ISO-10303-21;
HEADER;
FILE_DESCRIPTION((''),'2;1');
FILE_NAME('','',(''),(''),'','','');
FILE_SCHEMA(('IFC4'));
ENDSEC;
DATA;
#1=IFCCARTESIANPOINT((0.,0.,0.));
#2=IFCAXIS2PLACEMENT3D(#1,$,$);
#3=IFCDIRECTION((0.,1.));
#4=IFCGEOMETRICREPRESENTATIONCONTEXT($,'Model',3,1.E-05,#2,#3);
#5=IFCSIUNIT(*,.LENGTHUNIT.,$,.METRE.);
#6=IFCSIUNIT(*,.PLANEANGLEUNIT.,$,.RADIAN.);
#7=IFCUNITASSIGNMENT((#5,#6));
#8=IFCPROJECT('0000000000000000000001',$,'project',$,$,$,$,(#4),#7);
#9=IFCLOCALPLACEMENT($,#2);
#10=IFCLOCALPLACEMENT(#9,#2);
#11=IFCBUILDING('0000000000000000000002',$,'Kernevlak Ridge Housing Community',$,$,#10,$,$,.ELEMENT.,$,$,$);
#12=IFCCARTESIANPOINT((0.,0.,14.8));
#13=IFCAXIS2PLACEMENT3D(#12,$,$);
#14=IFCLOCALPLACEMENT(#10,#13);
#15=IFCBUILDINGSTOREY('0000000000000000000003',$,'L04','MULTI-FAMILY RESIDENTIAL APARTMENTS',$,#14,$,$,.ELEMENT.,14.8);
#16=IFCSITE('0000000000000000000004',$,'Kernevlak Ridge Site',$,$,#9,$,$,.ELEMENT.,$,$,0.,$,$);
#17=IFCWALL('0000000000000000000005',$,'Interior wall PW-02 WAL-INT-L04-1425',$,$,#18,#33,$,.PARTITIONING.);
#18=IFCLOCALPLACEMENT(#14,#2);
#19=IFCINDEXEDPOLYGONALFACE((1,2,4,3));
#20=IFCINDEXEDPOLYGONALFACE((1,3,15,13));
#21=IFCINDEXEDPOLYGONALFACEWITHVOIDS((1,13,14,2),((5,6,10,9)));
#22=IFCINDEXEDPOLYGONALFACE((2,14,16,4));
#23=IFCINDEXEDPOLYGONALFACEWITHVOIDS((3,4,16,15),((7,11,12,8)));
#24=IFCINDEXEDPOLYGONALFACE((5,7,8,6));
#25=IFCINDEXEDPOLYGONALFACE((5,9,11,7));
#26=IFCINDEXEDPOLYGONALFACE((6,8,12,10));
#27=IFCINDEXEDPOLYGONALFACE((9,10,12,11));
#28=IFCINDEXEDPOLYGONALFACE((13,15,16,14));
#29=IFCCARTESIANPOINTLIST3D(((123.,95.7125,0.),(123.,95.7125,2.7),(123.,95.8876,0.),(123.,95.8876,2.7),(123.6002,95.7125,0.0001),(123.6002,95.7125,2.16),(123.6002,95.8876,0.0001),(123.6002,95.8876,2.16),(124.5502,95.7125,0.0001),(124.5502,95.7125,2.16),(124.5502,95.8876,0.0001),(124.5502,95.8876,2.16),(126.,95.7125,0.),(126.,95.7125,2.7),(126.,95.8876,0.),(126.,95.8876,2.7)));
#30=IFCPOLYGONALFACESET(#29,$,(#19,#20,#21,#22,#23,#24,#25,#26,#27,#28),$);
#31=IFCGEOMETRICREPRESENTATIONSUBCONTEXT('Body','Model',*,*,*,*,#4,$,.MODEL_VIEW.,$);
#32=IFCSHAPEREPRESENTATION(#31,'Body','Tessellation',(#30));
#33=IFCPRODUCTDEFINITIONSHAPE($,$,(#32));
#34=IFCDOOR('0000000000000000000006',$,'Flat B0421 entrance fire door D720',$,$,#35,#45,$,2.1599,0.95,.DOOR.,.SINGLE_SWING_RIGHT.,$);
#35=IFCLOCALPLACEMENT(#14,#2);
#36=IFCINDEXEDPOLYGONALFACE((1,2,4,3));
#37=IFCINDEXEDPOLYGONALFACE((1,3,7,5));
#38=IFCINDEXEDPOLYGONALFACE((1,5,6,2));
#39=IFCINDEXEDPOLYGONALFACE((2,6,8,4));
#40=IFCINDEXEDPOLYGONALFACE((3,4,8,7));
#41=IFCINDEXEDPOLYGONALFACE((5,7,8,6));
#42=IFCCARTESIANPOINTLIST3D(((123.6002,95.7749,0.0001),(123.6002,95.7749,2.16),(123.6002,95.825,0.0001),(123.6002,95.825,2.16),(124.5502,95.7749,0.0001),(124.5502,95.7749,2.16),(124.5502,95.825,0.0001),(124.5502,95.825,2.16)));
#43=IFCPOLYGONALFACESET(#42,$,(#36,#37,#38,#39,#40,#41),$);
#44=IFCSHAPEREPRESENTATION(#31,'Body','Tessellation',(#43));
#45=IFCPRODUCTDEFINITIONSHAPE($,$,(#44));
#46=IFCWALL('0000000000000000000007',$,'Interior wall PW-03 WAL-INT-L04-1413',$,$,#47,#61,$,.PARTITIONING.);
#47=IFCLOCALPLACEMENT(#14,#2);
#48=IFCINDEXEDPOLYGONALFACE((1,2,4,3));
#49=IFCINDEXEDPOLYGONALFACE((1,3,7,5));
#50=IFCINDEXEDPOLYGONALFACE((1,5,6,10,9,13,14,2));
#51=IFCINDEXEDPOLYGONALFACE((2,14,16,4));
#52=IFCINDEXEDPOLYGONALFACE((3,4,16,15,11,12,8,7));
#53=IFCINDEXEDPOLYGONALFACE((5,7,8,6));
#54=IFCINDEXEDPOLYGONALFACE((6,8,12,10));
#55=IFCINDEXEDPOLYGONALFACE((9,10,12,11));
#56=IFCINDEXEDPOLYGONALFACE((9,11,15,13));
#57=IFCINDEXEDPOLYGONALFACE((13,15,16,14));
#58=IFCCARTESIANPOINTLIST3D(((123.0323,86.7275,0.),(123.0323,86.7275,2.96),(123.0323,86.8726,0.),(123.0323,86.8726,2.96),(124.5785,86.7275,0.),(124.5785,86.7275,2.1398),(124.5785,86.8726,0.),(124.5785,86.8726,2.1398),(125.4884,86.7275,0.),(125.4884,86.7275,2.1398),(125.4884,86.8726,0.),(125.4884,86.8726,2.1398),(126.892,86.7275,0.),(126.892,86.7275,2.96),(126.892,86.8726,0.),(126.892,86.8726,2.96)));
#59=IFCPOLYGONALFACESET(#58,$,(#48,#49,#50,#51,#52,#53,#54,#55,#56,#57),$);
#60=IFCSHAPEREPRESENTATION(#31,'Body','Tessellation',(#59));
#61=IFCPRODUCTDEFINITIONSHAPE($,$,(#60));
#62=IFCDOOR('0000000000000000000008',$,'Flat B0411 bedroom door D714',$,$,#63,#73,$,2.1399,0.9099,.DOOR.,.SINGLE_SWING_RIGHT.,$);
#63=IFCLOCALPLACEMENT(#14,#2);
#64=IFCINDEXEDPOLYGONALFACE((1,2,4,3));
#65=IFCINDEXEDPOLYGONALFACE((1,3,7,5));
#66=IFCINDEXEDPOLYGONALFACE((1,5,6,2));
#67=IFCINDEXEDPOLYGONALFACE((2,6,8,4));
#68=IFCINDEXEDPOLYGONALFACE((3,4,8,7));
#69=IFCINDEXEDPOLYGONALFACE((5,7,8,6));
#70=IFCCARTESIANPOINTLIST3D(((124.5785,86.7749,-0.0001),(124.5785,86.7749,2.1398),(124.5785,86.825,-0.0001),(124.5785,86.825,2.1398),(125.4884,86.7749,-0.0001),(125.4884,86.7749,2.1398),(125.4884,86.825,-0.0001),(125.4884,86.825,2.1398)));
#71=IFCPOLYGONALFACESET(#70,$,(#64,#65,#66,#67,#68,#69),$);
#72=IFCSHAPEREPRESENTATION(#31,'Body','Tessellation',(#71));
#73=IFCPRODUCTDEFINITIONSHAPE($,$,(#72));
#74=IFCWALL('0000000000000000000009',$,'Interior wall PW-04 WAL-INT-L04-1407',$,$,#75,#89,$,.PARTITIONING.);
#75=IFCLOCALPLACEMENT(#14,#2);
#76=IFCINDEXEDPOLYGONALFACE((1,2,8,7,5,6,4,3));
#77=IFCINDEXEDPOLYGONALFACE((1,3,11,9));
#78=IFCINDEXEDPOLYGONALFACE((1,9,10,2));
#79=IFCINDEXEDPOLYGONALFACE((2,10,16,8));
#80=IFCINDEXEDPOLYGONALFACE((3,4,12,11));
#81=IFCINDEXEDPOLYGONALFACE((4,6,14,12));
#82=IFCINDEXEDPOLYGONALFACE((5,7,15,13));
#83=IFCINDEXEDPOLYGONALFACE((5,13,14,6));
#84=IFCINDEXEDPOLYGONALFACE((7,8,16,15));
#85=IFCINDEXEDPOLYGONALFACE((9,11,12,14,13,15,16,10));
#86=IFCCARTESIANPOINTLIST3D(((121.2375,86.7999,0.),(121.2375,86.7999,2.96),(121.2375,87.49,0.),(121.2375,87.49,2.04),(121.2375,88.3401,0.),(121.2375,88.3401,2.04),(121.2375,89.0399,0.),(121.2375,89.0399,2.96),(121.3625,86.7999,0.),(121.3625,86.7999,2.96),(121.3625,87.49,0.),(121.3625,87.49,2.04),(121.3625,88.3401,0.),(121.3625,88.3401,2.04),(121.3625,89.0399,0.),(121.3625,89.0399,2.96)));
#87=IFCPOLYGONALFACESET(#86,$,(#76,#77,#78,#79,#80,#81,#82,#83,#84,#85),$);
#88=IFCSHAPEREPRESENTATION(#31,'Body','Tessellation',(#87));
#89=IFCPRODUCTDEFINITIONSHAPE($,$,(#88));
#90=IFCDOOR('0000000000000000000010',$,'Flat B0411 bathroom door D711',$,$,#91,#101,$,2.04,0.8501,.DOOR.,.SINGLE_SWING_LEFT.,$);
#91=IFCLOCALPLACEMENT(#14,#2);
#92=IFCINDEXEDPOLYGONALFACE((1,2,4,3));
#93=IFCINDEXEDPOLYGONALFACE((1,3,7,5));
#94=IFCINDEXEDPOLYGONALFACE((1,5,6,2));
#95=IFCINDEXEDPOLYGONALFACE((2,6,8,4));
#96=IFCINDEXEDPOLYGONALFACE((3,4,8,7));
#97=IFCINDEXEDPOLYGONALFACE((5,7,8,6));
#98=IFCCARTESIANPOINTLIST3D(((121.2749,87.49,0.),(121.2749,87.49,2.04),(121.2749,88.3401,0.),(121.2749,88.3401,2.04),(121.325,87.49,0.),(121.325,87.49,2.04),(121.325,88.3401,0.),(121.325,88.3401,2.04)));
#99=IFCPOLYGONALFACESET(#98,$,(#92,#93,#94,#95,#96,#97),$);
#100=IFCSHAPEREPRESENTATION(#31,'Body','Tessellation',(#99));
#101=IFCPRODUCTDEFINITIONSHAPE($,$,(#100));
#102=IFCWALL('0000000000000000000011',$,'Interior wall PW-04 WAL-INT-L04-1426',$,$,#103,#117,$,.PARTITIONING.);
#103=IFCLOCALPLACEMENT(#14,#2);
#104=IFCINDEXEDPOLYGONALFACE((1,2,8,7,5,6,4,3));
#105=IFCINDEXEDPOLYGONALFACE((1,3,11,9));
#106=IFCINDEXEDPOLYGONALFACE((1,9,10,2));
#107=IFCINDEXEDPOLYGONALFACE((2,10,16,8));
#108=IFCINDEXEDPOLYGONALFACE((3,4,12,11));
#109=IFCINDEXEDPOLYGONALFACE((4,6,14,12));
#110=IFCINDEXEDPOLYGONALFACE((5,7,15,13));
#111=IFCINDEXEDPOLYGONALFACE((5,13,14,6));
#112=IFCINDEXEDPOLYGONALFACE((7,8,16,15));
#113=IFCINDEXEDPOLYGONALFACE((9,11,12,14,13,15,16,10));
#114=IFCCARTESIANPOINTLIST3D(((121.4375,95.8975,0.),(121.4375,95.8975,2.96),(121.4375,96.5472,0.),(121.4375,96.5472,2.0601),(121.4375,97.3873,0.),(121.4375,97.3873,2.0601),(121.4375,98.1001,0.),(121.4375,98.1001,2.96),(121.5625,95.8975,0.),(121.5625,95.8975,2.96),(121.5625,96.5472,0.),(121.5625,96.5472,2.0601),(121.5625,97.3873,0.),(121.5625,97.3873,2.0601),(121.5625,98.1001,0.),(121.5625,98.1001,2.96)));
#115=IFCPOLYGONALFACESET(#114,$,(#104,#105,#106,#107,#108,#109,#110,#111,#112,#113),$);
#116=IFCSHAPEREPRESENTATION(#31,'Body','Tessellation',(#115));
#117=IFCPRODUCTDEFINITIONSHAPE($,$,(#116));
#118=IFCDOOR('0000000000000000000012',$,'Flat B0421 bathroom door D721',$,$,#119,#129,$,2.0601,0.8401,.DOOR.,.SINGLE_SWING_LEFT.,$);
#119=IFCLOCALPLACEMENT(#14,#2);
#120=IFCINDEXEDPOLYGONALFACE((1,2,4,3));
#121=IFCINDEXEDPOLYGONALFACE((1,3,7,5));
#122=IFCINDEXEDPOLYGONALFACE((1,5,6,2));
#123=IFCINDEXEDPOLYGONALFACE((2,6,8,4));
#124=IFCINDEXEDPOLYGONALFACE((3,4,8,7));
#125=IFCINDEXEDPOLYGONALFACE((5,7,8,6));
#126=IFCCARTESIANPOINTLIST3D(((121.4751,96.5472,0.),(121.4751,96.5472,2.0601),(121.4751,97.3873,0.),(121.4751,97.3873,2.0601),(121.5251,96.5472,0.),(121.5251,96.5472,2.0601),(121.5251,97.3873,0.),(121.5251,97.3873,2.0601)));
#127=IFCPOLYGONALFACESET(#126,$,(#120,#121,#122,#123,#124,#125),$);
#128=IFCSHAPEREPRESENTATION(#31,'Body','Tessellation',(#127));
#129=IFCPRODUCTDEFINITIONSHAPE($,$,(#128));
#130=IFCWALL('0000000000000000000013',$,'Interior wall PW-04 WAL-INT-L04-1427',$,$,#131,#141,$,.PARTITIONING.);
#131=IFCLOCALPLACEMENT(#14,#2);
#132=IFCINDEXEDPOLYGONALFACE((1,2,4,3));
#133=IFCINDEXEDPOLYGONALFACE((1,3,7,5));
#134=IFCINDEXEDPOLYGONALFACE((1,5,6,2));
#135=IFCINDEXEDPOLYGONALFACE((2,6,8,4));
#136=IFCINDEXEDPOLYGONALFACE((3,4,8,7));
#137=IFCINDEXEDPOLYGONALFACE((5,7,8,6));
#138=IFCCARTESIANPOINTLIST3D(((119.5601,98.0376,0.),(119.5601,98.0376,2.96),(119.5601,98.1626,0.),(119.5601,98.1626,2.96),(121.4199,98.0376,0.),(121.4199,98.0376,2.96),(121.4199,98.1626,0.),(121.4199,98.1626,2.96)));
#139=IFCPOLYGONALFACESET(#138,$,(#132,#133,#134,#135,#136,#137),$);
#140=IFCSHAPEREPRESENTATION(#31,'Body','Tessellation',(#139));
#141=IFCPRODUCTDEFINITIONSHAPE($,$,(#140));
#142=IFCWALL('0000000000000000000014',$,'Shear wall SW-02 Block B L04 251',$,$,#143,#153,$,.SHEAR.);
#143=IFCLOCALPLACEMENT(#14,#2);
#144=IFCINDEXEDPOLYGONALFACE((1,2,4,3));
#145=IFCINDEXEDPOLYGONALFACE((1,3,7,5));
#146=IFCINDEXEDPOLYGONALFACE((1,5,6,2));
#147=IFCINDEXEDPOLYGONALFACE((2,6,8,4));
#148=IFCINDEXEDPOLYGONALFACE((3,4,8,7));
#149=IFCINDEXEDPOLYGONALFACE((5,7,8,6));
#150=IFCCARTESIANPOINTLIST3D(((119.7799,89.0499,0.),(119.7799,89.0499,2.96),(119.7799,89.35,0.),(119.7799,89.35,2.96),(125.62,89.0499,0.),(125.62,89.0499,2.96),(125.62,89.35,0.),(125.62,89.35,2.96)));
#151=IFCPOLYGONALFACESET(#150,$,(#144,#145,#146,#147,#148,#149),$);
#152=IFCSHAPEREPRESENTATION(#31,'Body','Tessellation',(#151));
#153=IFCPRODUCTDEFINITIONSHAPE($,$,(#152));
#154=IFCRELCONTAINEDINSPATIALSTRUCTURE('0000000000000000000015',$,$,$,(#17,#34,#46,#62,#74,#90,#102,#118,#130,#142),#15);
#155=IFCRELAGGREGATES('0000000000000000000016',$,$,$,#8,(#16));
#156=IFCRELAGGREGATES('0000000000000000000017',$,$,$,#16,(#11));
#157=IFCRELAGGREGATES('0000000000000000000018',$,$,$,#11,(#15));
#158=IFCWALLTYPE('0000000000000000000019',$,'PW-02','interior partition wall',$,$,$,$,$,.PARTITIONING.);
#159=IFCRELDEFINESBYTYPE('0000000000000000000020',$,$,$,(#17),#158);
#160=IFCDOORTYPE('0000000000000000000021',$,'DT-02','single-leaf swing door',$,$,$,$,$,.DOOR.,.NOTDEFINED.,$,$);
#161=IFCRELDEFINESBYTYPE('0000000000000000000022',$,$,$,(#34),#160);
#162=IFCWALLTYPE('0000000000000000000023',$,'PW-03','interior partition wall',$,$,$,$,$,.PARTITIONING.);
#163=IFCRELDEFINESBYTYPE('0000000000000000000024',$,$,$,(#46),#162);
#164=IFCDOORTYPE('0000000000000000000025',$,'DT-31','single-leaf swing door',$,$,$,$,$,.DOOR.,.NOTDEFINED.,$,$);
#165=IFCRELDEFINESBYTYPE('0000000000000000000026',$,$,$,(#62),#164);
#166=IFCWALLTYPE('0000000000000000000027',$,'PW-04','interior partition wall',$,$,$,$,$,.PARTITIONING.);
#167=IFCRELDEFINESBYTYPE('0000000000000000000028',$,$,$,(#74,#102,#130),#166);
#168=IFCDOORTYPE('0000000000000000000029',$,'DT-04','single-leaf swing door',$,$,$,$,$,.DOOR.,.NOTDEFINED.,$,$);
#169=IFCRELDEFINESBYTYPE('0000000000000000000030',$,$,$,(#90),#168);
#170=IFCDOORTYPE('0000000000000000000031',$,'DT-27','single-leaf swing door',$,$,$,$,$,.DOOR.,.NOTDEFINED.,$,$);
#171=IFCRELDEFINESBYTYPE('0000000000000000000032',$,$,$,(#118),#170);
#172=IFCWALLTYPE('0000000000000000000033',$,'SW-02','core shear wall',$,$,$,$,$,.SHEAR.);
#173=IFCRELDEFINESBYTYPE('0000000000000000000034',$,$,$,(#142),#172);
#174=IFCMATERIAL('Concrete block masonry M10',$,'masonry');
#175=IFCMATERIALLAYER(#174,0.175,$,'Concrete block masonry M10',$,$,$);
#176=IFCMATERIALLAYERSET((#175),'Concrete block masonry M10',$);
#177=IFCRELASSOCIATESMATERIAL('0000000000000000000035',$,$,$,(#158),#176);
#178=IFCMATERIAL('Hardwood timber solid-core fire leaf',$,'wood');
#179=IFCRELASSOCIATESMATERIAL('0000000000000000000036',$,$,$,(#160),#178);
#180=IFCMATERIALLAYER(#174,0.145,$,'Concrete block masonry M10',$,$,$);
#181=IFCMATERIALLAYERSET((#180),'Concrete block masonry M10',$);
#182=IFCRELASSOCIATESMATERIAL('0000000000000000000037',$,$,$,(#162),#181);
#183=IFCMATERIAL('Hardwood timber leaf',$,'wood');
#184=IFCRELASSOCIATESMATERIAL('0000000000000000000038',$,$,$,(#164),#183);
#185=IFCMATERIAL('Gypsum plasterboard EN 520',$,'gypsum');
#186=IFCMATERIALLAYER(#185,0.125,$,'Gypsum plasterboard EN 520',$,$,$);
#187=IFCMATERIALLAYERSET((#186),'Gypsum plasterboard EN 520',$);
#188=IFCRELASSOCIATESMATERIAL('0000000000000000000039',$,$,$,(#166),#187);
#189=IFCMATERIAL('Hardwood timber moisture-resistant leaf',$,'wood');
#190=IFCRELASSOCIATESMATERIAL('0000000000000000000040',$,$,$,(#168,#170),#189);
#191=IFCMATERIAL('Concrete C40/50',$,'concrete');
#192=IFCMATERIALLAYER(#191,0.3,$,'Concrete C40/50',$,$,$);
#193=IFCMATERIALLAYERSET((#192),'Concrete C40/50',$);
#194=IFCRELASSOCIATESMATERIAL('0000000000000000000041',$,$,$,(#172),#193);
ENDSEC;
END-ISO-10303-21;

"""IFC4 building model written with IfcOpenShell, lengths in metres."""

from ifc_helpers import new_model, si_unit, direction, frame, frame_2d, origin, place, context, subcontext, project, spatial, rectangle, extrude, material, layer, layer_set, type_object, element, fill, save


model = new_model("IFC4")

# Units and contexts
model_context = context("Model", 3, precision=1e-05, world=origin(), true_north=direction((0.0, 1.0)))
body_context = subcontext(model_context, "Body", "Model", "MODEL_VIEW")
ifc_project = project(units=[si_unit("LENGTHUNIT", "METRE"), si_unit("PLANEANGLEUNIT", "RADIAN")], contexts=[model_context])

# Site, building, storey
site_placement = place(None, origin())
site = spatial("IfcSite", under=ifc_project, at=site_placement, Name="Kernevlak Ridge Site", CompositionType="ELEMENT", RefElevation=0.0)
building_placement = place(site_placement, origin())
building = spatial("IfcBuilding", under=site, at=building_placement, Name="Kernevlak Ridge Housing Community", CompositionType="ELEMENT")
storey_placement = place(building_placement, frame((0.0, 0.0, 14.8)))
storey = spatial("IfcBuildingStorey", under=building, at=storey_placement, Name="L04", Description="MULTI-FAMILY RESIDENTIAL APARTMENTS", CompositionType="ELEMENT", Elevation=14.8)

# Shared definitions
ifc_material_1 = material(Name="Concrete block masonry M10", Category="masonry")

# Shared definitions
ifc_layer_1 = layer(ifc_material_1, 0.175, Name="Concrete block masonry M10")
ifc_layer_set_1 = layer_set([ifc_layer_1], Name="Concrete block masonry M10")
wall_type_1 = type_object("IfcWallType", Name="PW-02", Description="interior partition wall", PredefinedType="PARTITIONING", material=ifc_layer_set_1)

# Walls, openings, doors
wall_1_placement = place(storey_placement, frame((123.0, 95.8, 0.0), z_axis=(0.0, 0.0, 1.0), x_axis=(1.0, 0.0, 0.0)))
wall_1 = element("IfcWall", 1, at=wall_1_placement, inside=storey, type_object=wall_type_1, Name="Interior wall PW-02 WAL-INT-L04-1425", PredefinedType="PARTITIONING", context=body_context, shape_type="SweptSolid", body=[
    extrude(rectangle(XDim=3.0, YDim=0.175, at=frame_2d((1.5, 0.0))), origin(), (0.0, 0.0, 1.0), 2.7),
])
opening_1_placement = place(wall_1_placement, frame((0.6001, 0.0, 0.0)))
opening_1 = element("IfcOpeningElement", 2, at=opening_1_placement, cuts=wall_1, PredefinedType="OPENING", context=body_context, shape_type="SweptSolid", body=[
    extrude(rectangle(XDim=0.95, YDim=2.1599, at=frame_2d((0.4751, 1.0801))), frame((0.0, 0.0974, 0.0), z_axis=(0.0, -1.0, 0.0), x_axis=(1.0, 0.0, 0.0)), (0.0, 0.0, 1.0), 0.1951),
])
ifc_material_2 = material(Name="Hardwood timber solid-core fire leaf", Category="wood")
door_type_1 = type_object("IfcDoorType", Name="DT-02", Description="single-leaf swing door", OperationType="NOTDEFINED", PredefinedType="DOOR", material=ifc_material_2)
door_1_placement = place(opening_1_placement, origin())
door_1 = element("IfcDoor", 3, at=door_1_placement, inside=storey, type_object=door_type_1, Name="Flat B0421 entrance fire door D720", OperationType="SINGLE_SWING_RIGHT", OverallHeight=2.1599, OverallWidth=0.95, PredefinedType="DOOR", context=body_context, shape_type="SweptSolid", body=[
    extrude(rectangle(XDim=0.95, YDim=2.1599, at=frame_2d((0.4751, 1.0801))), frame((0.0, 0.0249, 0.0), z_axis=(0.0, -1.0, 0.0), x_axis=(1.0, 0.0, 0.0)), (0.0, 0.0, 1.0), 0.05),
])
fill(opening_1, door_1)
ifc_layer_2 = layer(ifc_material_1, 0.145, Name="Concrete block masonry M10")
ifc_layer_set_2 = layer_set([ifc_layer_2], Name="Concrete block masonry M10")
wall_type_2 = type_object("IfcWallType", Name="PW-03", Description="interior partition wall", PredefinedType="PARTITIONING", material=ifc_layer_set_2)
wall_2_placement = place(storey_placement, frame((123.0325, 86.8, 0.0), z_axis=(0.0, 0.0, 1.0), x_axis=(1.0, 0.0, 0.0)))
wall_2 = element("IfcWall", 4, at=wall_2_placement, inside=storey, type_object=wall_type_2, Name="Interior wall PW-03 WAL-INT-L04-1413", PredefinedType="PARTITIONING", context=body_context, shape_type="SweptSolid", body=[
    extrude(rectangle(XDim=3.8596, YDim=0.145, at=frame_2d((1.9297, 0.0))), origin(), (0.0, 0.0, 1.0), 2.96),
])
opening_2_placement = place(wall_2_placement, frame((1.5459, 0.0, 0.0)))
opening_2 = element("IfcOpeningElement", 5, at=opening_2_placement, cuts=wall_2, PredefinedType="OPENING", context=body_context, shape_type="SweptSolid", body=[
    extrude(rectangle(XDim=0.9099, YDim=2.1399, at=frame_2d((0.4551, 1.0698))), frame((0.0, 0.0825, 0.0), z_axis=(0.0, -1.0, 0.0), x_axis=(1.0, 0.0, 0.0)), (0.0, 0.0, 1.0), 0.165),
])
ifc_material_3 = material(Name="Hardwood timber leaf", Category="wood")
door_type_2 = type_object("IfcDoorType", Name="DT-31", Description="single-leaf swing door", OperationType="NOTDEFINED", PredefinedType="DOOR", material=ifc_material_3)
door_2_placement = place(opening_2_placement, origin())
door_2 = element("IfcDoor", 6, at=door_2_placement, inside=storey, type_object=door_type_2, Name="Flat B0411 bedroom door D714", OperationType="SINGLE_SWING_RIGHT", OverallHeight=2.1399, OverallWidth=0.9099, PredefinedType="DOOR", context=body_context, shape_type="SweptSolid", body=[
    extrude(rectangle(XDim=0.9099, YDim=2.1399, at=frame_2d((0.4551, 1.0698))), frame((0.0, 0.0249, 0.0), z_axis=(0.0, -1.0, 0.0), x_axis=(1.0, 0.0, 0.0)), (0.0, 0.0, 1.0), 0.05),
])
fill(opening_2, door_2)
ifc_material_4 = material(Name="Gypsum plasterboard EN 520", Category="gypsum")
ifc_layer_3 = layer(ifc_material_4, 0.125, Name="Gypsum plasterboard EN 520")
ifc_layer_set_3 = layer_set([ifc_layer_3], Name="Gypsum plasterboard EN 520")
wall_type_3 = type_object("IfcWallType", Name="PW-04", Description="interior partition wall", PredefinedType="PARTITIONING", material=ifc_layer_set_3)
wall_3_placement = place(storey_placement, frame((121.3, 89.04, 0.0), z_axis=(0.0, 0.0, 1.0), x_axis=(0.0, -1.0, 0.0)))
wall_3 = element("IfcWall", 7, at=wall_3_placement, inside=storey, type_object=wall_type_3, Name="Interior wall PW-04 WAL-INT-L04-1407", PredefinedType="PARTITIONING", context=body_context, shape_type="SweptSolid", body=[
    extrude(rectangle(XDim=2.24, YDim=0.125, at=frame_2d((1.1201, 0.0))), origin(), (0.0, 0.0, 1.0), 2.96),
])
opening_3_placement = place(wall_3_placement, frame((0.7, 0.0, 0.0)))
opening_3 = element("IfcOpeningElement", 8, at=opening_3_placement, cuts=wall_3, PredefinedType="OPENING", context=body_context, shape_type="SweptSolid", body=[
    extrude(rectangle(XDim=0.8501, YDim=2.04, at=frame_2d((0.425, 1.02))), frame((0.0, 0.0725, 0.0), z_axis=(0.0, -1.0, 0.0), x_axis=(1.0, 0.0, 0.0)), (0.0, 0.0, 1.0), 0.145),
])
ifc_material_5 = material(Name="Hardwood timber moisture-resistant leaf", Category="wood")
door_type_3 = type_object("IfcDoorType", Name="DT-04", Description="single-leaf swing door", OperationType="NOTDEFINED", PredefinedType="DOOR", material=ifc_material_5)
door_3_placement = place(opening_3_placement, origin())
door_3 = element("IfcDoor", 9, at=door_3_placement, inside=storey, type_object=door_type_3, Name="Flat B0411 bathroom door D711", OperationType="SINGLE_SWING_LEFT", OverallHeight=2.04, OverallWidth=0.8501, PredefinedType="DOOR", context=body_context, shape_type="SweptSolid", body=[
    extrude(rectangle(XDim=0.8501, YDim=2.04, at=frame_2d((0.425, 1.02))), frame((0.0, 0.0249, 0.0), z_axis=(0.0, -1.0, 0.0), x_axis=(1.0, 0.0, 0.0)), (0.0, 0.0, 1.0), 0.05),
])
fill(opening_3, door_3)
wall_4_placement = place(storey_placement, frame((121.5, 95.8975, 0.0), z_axis=(0.0, 0.0, 1.0), x_axis=(0.0, 1.0, 0.0)))
wall_4 = element("IfcWall", 10, at=wall_4_placement, inside=storey, type_object=wall_type_3, Name="Interior wall PW-04 WAL-INT-L04-1426", PredefinedType="PARTITIONING", context=body_context, shape_type="SweptSolid", body=[
    extrude(rectangle(XDim=2.2026, YDim=0.125, at=frame_2d((1.1013, 0.0))), origin(), (0.0, 0.0, 1.0), 2.96),
])
opening_4_placement = place(wall_4_placement, frame((0.6499, 0.0, 0.0)))
opening_4 = element("IfcOpeningElement", 11, at=opening_4_placement, cuts=wall_4, PredefinedType="OPENING", context=body_context, shape_type="SweptSolid", body=[
    extrude(rectangle(XDim=0.8401, YDim=2.0601, at=frame_2d((0.4199, 1.03))), frame((0.0, 0.0725, 0.0), z_axis=(0.0, -1.0, 0.0), x_axis=(1.0, 0.0, 0.0)), (0.0, 0.0, 1.0), 0.145),
])
door_type_4 = type_object("IfcDoorType", Name="DT-27", Description="single-leaf swing door", OperationType="NOTDEFINED", PredefinedType="DOOR", material=ifc_material_5)
door_4_placement = place(opening_4_placement, origin())
door_4 = element("IfcDoor", 12, at=door_4_placement, inside=storey, type_object=door_type_4, Name="Flat B0421 bathroom door D721", OperationType="SINGLE_SWING_LEFT", OverallHeight=2.0601, OverallWidth=0.8401, PredefinedType="DOOR", context=body_context, shape_type="SweptSolid", body=[
    extrude(rectangle(XDim=0.8401, YDim=2.0601, at=frame_2d((0.4199, 1.03))), frame((0.0, 0.0249, 0.0), z_axis=(0.0, -1.0, 0.0), x_axis=(1.0, 0.0, 0.0)), (0.0, 0.0, 1.0), 0.05),
])
fill(opening_4, door_4)

# Wall
wall_5_placement = place(storey_placement, frame((119.5601, 98.1001, 0.0), z_axis=(0.0, 0.0, 1.0), x_axis=(1.0, 0.0, 0.0)))
element("IfcWall", 13, at=wall_5_placement, inside=storey, type_object=wall_type_3, Name="Interior wall PW-04 WAL-INT-L04-1427", PredefinedType="PARTITIONING", context=body_context, shape_type="SweptSolid", body=[
    extrude(rectangle(XDim=1.8599, YDim=0.125, at=frame_2d((0.9299, 0.0))), origin(), (0.0, 0.0, 1.0), 2.96),
])

# Wall
ifc_material_6 = material(Name="Concrete C40/50", Category="concrete")
ifc_layer_4 = layer(ifc_material_6, 0.3, Name="Concrete C40/50")
ifc_layer_set_4 = layer_set([ifc_layer_4], Name="Concrete C40/50")
wall_type_4 = type_object("IfcWallType", Name="SW-02", Description="core shear wall", PredefinedType="SHEAR", material=ifc_layer_set_4)
wall_6_placement = place(storey_placement, frame((119.78, 89.2, 0.0), z_axis=(0.0, 0.0, 1.0), x_axis=(1.0, 0.0, 0.0)))
element("IfcWall", 14, at=wall_6_placement, inside=storey, type_object=wall_type_4, Name="Shear wall SW-02 Block B L04 251", PredefinedType="SHEAR", context=body_context, shape_type="SweptSolid", body=[
    extrude(rectangle(XDim=5.8401, YDim=0.3, at=frame_2d((2.9199, 0.0))), origin(), (0.0, 0.0, 1.0), 2.96),
])

save(model, "model.ifc")
